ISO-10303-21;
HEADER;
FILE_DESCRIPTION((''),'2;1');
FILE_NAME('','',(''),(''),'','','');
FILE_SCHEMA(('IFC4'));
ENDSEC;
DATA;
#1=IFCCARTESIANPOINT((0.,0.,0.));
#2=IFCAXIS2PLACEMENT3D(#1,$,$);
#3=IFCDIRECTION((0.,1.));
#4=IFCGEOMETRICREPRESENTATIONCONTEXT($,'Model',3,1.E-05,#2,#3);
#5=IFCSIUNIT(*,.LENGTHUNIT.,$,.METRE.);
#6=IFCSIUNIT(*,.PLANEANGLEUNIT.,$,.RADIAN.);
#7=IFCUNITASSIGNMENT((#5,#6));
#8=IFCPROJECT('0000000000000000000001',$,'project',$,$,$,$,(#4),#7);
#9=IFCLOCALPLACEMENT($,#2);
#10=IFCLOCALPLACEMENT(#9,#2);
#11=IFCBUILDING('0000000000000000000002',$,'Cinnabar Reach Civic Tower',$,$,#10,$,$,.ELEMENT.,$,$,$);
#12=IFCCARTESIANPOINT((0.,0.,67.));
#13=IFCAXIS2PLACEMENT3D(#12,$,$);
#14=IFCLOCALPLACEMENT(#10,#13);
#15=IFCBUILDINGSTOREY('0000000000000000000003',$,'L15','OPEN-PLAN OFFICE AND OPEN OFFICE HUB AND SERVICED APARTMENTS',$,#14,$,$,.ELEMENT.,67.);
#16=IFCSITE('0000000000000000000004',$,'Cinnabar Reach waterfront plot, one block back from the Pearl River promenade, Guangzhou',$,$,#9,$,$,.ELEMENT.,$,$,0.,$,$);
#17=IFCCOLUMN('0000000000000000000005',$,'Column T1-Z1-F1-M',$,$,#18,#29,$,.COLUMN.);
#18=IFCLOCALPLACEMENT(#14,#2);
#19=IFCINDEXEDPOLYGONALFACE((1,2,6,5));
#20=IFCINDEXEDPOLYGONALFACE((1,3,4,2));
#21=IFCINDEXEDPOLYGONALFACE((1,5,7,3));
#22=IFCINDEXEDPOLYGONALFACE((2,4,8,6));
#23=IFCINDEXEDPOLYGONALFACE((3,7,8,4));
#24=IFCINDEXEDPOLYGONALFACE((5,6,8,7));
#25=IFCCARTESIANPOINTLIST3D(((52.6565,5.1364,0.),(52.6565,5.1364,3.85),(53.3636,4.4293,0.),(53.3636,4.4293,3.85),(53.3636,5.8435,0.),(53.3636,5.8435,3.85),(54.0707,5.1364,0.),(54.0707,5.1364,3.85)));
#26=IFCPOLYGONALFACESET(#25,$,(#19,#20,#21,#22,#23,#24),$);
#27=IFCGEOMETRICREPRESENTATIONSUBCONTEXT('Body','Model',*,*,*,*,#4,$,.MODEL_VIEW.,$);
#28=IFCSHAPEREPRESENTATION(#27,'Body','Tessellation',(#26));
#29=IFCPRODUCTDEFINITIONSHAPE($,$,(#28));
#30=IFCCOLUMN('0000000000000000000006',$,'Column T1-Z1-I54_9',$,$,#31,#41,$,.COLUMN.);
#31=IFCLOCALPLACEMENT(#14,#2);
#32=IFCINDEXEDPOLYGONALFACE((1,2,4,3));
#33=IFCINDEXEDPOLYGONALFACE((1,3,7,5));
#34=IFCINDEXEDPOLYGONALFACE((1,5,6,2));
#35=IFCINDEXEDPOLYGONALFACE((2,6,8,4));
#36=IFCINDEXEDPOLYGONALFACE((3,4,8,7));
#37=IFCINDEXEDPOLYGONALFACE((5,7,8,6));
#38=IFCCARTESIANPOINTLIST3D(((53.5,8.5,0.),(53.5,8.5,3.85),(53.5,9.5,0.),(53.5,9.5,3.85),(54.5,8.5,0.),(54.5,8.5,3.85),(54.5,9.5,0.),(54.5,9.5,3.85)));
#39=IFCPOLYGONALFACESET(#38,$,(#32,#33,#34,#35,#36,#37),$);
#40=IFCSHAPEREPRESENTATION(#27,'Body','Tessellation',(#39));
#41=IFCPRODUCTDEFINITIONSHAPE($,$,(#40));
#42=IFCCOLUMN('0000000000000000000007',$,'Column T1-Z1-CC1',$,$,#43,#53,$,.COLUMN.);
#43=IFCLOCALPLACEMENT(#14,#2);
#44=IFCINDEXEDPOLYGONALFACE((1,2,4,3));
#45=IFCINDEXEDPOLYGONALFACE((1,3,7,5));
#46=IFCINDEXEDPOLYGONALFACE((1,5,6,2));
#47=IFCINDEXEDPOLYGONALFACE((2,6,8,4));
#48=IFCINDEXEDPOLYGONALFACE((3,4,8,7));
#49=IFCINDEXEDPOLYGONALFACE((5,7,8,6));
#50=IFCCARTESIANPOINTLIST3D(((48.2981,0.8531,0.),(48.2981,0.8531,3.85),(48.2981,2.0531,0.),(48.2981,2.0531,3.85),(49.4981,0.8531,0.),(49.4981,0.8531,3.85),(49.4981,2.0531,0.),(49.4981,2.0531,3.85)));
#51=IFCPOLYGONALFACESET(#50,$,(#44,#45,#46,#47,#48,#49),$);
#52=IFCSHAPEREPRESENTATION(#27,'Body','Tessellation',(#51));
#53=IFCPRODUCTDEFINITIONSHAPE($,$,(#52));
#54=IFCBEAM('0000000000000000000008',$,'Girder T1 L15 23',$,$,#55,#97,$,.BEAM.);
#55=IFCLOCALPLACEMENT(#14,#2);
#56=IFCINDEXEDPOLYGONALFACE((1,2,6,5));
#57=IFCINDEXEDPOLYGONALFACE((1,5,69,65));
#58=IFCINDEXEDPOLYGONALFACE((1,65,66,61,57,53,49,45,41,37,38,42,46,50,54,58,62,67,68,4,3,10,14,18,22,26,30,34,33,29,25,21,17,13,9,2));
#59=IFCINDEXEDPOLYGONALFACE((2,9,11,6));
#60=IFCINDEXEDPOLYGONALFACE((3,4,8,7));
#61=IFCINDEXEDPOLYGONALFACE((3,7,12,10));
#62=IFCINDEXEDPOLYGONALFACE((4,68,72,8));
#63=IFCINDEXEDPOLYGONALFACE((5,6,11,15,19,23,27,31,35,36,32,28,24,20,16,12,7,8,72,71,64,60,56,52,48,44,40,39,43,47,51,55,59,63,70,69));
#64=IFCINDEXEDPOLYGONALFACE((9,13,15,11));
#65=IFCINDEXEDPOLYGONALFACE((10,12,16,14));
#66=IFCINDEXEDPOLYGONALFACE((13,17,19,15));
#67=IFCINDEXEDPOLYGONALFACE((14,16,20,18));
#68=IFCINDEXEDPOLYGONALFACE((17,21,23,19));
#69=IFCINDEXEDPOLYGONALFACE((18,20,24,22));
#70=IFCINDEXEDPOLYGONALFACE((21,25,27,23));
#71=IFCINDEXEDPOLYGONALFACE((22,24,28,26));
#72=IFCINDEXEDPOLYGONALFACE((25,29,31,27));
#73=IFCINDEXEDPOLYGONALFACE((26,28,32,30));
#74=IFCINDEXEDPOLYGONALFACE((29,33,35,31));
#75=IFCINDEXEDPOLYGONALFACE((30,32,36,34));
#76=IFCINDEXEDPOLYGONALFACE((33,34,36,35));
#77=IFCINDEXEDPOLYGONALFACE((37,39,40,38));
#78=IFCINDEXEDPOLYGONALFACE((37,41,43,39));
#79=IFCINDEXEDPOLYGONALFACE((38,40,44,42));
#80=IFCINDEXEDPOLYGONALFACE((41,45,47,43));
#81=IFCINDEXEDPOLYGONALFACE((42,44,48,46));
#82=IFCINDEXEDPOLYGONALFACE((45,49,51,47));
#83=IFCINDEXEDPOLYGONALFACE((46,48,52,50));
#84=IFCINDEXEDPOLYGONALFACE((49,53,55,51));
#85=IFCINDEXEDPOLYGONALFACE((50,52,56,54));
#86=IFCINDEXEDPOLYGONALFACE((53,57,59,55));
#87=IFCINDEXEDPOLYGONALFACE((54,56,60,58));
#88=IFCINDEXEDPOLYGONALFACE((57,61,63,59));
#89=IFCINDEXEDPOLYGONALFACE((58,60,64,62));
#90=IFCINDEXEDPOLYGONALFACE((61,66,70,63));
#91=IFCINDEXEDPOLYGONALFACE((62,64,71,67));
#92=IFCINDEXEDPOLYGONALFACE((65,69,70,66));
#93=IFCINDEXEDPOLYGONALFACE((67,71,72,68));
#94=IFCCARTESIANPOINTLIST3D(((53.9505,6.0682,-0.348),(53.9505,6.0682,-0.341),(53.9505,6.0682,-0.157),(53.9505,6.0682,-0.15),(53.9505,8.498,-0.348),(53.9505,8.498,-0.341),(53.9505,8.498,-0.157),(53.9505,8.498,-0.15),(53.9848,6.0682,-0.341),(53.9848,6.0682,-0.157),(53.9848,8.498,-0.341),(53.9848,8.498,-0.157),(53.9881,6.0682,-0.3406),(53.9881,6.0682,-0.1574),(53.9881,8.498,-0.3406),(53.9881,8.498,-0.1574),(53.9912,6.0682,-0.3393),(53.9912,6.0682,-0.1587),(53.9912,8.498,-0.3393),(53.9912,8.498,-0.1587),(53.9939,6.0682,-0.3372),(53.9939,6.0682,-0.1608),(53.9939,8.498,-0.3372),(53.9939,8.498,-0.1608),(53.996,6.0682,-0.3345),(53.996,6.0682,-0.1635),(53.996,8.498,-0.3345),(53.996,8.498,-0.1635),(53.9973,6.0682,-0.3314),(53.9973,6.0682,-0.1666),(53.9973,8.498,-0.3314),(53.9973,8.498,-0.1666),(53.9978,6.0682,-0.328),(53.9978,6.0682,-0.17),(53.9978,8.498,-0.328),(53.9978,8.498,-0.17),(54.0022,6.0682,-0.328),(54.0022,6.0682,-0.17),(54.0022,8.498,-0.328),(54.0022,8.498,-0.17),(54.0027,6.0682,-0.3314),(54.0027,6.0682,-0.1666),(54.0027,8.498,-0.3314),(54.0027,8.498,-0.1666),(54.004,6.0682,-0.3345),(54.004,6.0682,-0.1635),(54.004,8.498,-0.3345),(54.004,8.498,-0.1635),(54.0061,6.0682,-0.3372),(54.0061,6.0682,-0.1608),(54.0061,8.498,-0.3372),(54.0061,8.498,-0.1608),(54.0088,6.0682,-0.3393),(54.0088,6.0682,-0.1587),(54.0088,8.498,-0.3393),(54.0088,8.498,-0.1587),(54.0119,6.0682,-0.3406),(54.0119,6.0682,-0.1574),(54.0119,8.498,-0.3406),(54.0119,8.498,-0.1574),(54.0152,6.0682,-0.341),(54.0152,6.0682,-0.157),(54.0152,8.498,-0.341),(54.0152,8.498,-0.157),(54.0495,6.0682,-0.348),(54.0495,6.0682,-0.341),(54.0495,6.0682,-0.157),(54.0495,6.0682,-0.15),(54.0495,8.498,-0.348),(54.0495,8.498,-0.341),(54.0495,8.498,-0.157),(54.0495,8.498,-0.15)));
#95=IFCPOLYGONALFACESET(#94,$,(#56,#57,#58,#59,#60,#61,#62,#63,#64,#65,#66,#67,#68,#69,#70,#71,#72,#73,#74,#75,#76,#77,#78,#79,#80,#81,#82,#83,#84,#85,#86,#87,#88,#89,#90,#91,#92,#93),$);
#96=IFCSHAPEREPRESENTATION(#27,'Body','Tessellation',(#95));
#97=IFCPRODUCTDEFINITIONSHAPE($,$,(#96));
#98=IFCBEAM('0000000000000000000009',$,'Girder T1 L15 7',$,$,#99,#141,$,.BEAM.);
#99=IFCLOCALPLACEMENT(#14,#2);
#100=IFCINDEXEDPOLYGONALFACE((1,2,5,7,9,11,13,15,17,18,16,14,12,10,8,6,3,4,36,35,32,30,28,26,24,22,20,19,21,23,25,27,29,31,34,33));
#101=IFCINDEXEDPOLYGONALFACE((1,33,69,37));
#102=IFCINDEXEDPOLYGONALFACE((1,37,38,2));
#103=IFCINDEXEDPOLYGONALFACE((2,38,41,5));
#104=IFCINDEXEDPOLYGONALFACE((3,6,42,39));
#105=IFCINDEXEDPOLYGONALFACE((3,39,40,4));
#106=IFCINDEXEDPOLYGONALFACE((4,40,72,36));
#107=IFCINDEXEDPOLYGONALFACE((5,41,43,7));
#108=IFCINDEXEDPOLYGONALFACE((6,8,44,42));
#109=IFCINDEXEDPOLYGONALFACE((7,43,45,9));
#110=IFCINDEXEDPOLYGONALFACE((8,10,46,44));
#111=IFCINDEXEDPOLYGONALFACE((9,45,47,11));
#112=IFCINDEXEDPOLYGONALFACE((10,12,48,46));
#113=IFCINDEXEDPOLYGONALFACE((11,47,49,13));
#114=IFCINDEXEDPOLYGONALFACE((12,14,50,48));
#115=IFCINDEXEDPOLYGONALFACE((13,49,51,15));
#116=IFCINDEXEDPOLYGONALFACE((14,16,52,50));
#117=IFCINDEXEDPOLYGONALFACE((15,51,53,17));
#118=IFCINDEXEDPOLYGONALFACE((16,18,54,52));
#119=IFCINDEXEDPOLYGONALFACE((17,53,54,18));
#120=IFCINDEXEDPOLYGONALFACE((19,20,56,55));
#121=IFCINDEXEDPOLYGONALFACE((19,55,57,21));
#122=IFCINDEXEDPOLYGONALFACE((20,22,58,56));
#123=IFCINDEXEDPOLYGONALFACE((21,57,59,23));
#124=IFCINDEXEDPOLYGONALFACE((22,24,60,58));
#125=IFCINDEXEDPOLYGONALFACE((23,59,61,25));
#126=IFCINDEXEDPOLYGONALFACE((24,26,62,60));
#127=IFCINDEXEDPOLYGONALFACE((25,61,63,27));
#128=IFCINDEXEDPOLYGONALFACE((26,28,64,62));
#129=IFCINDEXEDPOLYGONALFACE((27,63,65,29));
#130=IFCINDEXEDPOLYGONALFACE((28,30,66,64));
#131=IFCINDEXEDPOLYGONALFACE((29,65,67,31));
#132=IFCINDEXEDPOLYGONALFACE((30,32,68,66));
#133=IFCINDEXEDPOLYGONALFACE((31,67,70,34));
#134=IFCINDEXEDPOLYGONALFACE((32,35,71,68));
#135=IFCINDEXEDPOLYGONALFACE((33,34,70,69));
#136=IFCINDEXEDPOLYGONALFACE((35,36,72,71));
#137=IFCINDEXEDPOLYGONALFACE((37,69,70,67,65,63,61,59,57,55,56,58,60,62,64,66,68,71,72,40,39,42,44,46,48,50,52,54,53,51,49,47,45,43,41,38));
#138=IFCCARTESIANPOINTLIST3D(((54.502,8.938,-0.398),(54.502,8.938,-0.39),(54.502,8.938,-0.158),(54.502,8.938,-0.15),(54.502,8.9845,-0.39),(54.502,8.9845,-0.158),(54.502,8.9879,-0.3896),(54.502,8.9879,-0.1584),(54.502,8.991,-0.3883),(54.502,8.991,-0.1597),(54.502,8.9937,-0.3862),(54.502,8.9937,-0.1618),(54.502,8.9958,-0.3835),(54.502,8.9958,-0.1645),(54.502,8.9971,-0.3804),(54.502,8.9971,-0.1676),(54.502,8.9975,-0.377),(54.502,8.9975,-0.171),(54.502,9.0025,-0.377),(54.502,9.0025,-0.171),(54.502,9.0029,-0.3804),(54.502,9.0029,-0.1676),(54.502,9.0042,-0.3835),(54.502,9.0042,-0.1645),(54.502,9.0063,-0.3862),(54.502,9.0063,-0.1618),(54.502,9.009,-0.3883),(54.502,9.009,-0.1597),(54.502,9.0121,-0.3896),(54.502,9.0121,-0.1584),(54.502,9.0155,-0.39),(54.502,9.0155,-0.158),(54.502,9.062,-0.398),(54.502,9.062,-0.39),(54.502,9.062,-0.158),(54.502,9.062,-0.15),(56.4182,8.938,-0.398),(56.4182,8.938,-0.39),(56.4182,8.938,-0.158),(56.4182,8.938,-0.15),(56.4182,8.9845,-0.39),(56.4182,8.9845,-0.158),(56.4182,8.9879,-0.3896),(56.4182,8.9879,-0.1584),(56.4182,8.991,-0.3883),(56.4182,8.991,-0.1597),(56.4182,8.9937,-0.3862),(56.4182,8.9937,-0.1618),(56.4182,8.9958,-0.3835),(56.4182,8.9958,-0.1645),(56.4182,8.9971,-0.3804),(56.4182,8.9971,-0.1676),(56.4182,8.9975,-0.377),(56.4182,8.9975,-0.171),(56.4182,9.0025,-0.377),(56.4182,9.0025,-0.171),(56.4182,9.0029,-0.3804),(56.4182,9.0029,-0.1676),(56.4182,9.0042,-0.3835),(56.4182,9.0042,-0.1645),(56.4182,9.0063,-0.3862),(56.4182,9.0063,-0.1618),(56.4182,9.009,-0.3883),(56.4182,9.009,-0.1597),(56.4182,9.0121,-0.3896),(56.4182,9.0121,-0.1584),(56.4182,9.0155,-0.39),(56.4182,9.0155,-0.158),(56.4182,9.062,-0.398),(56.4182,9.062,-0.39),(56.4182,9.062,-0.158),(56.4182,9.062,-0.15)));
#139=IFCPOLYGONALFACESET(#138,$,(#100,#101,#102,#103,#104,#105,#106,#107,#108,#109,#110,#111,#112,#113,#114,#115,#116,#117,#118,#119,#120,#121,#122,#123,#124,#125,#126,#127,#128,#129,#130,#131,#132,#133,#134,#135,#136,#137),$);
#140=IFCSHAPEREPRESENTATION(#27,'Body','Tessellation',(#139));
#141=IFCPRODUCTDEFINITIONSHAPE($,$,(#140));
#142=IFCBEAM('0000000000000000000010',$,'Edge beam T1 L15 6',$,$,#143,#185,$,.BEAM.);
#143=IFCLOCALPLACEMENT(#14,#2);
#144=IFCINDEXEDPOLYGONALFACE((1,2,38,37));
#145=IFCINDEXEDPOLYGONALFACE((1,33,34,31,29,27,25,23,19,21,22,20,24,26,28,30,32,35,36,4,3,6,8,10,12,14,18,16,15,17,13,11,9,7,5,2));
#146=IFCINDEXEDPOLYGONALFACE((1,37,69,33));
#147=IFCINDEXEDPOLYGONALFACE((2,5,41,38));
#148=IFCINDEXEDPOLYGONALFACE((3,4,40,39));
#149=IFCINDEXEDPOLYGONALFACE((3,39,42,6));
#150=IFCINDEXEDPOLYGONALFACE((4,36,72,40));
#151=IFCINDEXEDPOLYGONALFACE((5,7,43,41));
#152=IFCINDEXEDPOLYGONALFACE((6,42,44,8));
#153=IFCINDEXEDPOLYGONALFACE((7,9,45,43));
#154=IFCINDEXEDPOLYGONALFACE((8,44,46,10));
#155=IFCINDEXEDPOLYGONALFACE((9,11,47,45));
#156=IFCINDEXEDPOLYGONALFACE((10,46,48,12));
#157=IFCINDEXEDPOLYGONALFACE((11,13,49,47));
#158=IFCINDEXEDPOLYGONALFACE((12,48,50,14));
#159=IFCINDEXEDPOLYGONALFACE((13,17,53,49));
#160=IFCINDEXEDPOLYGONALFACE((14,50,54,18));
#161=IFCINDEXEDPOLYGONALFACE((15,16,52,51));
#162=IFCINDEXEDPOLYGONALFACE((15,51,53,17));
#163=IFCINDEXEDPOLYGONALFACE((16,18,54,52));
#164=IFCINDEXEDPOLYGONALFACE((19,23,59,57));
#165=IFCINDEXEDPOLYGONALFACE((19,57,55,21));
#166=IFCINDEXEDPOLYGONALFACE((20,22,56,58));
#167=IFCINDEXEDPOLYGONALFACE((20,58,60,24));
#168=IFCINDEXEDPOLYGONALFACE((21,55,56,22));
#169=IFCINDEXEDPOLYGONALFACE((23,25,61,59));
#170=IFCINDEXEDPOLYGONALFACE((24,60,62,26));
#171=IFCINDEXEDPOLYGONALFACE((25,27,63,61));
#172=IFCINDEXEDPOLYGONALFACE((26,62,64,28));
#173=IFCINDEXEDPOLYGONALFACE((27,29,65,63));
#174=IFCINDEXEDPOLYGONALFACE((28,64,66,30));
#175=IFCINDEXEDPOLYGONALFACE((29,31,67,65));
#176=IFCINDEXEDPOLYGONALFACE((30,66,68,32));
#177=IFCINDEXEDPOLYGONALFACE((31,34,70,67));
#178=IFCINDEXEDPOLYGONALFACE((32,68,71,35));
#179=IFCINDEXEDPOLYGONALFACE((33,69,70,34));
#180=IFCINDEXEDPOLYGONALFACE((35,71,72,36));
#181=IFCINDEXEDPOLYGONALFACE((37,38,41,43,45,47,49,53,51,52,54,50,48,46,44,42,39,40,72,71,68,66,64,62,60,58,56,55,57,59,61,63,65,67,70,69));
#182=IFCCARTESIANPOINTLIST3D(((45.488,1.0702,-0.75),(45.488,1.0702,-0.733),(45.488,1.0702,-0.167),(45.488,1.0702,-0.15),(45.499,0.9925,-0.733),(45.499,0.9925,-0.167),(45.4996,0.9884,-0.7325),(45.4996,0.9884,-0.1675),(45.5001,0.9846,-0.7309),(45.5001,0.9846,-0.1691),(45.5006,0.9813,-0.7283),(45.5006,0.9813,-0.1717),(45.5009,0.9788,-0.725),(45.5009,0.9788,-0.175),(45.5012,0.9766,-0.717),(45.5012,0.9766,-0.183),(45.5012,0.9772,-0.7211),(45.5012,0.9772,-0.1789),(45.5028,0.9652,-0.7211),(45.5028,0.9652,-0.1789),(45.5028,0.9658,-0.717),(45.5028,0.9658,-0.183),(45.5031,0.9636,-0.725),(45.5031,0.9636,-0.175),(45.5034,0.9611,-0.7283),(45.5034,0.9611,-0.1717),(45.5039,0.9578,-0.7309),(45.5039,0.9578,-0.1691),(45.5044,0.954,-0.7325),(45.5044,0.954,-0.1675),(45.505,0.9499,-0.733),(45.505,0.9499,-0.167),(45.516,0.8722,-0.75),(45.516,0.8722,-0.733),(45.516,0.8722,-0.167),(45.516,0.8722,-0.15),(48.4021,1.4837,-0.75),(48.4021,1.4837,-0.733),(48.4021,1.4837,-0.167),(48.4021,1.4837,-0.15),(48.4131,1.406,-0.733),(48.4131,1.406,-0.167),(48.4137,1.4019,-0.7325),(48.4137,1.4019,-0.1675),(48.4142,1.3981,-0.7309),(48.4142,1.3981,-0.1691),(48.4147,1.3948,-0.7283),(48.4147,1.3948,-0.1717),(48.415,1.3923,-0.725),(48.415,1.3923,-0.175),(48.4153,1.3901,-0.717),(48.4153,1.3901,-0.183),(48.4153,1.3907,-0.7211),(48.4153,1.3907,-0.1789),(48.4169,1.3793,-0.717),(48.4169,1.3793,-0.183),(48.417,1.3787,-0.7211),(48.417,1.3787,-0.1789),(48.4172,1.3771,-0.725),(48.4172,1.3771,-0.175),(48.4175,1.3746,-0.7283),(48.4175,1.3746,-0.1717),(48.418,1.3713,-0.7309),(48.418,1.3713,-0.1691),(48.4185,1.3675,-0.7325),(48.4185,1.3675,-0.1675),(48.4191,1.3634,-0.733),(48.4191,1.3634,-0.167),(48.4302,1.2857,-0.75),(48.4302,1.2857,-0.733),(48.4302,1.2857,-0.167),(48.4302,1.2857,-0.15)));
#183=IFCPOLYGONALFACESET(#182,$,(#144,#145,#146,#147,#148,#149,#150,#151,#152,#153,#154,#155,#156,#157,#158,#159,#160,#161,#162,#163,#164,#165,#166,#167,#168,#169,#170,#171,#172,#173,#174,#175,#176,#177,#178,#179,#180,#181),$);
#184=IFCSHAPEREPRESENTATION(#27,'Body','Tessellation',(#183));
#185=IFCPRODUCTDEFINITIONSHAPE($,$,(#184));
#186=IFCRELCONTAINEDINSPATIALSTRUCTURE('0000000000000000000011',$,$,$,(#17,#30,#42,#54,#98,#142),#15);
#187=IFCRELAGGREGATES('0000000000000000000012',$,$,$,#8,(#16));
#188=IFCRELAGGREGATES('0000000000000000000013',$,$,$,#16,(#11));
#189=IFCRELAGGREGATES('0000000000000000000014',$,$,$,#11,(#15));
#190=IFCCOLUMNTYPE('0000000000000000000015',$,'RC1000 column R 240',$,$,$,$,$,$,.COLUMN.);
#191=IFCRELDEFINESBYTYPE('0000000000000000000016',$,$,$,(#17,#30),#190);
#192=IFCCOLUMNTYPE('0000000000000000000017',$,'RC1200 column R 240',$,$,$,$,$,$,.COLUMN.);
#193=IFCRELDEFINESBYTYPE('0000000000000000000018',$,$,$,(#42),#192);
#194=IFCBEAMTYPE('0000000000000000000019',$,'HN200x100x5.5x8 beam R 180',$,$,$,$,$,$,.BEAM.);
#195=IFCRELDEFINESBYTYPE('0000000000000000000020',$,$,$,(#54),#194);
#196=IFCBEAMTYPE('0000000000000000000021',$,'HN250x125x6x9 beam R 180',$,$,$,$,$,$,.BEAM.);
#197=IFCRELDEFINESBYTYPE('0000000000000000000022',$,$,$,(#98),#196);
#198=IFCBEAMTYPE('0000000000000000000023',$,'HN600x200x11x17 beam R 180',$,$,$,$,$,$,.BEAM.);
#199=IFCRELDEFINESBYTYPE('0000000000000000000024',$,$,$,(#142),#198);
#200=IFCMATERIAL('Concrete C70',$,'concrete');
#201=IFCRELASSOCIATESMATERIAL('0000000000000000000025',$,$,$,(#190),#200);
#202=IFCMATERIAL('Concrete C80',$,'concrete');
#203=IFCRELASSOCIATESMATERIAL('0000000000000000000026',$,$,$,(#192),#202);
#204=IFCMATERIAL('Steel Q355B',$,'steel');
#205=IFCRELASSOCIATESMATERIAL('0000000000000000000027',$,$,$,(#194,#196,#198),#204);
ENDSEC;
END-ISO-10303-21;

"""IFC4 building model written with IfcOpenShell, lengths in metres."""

from ifc_helpers import new_model, si_unit, direction, frame, origin, origin_2d, place, context, subcontext, project, spatial, rectangle, i_section, extrude, material, material_profile, profile_set, type_object, element, save


model = new_model("IFC4")

# Units and contexts
model_context = context("Model", 3, precision=1e-05, world=origin(), true_north=direction((0.0, 1.0)))
body_context = subcontext(model_context, "Body", "Model", "MODEL_VIEW")
ifc_project = project(units=[si_unit("LENGTHUNIT", "METRE"), si_unit("PLANEANGLEUNIT", "RADIAN")], contexts=[model_context])

# Site, building, storey
site_placement = place(None, origin())
site = spatial("IfcSite", under=ifc_project, at=site_placement, Name="Cinnabar Reach waterfront plot, one block back from the Pearl River promenade, Guangzhou", CompositionType="ELEMENT", RefElevation=0.0)
building_placement = place(site_placement, origin())
building = spatial("IfcBuilding", under=site, at=building_placement, Name="Cinnabar Reach Civic Tower", CompositionType="ELEMENT")
storey_placement = place(building_placement, frame((0.0, 0.0, 67.0)))
storey = spatial("IfcBuildingStorey", under=building, at=storey_placement, Name="L15", Description="OPEN-PLAN OFFICE AND OPEN OFFICE HUB AND SERVICED APARTMENTS", CompositionType="ELEMENT", Elevation=67.0)

# Columns
ifc_material_1 = material(Name="Concrete C70", Category="concrete")
ifc_material_profile_1 = material_profile(ifc_material_1, rectangle(XDim=1.0, YDim=1.0, at=origin_2d()), Name="RC1000")
ifc_profile_set_1 = profile_set([ifc_material_profile_1], Name="Concrete C70")
column_type_1 = type_object("IfcColumnType", Name="RC1000 column R 240", PredefinedType="COLUMN", material=ifc_profile_set_1)
for number, where, z_axis, x_axis, name in (
    (1, (53.3636, 5.1364, 0.0), (0.0, 0.0, 1.0), (0.707107, 0.707107, 0.0), "Column T1-Z1-F1-M"),
    (2, (54.0, 9.0, 0.0), (0.0, 0.0, 1.0), (1.0, 0.0, 0.0), "Column T1-Z1-I54_9"),
):
    element("IfcColumn", number, at=place(storey_placement, frame(where, z_axis=z_axis, x_axis=x_axis)), inside=storey, type_object=column_type_1, Name=name, PredefinedType="COLUMN", context=body_context, shape_type="SweptSolid", body=[
        extrude(rectangle(XDim=1.0, YDim=1.0, at=origin_2d()), origin(), (0.0, 0.0, 1.0), 3.85),
    ])
ifc_material_2 = material(Name="Concrete C80", Category="concrete")
ifc_material_profile_2 = material_profile(ifc_material_2, rectangle(XDim=1.2, YDim=1.2, at=origin_2d()), Name="RC1200")
ifc_profile_set_2 = profile_set([ifc_material_profile_2], Name="Concrete C80")
column_type_2 = type_object("IfcColumnType", Name="RC1200 column R 240", PredefinedType="COLUMN", material=ifc_profile_set_2)
column_placement = place(storey_placement, frame((48.8981, 1.4531, 0.0), z_axis=(0.0, 0.0, 1.0), x_axis=(1.0, 0.0, 0.0)))
element("IfcColumn", 3, at=column_placement, inside=storey, type_object=column_type_2, Name="Column T1-Z1-CC1", PredefinedType="COLUMN", context=body_context, shape_type="SweptSolid", body=[
    extrude(rectangle(XDim=1.2, YDim=1.2, at=origin_2d()), origin(), (0.0, 0.0, 1.0), 3.85),
])

# Beams
ifc_material_3 = material(Name="Steel Q355B", Category="steel")
ifc_material_profile_3 = material_profile(ifc_material_3, i_section(OverallWidth=0.099, OverallDepth=0.198, WebThickness=0.0045, FlangeThickness=0.007, FilletRadius=0.013, at=origin_2d()), Name="HN200x100x5.5x8")
ifc_profile_set_3 = profile_set([ifc_material_profile_3], Name="Steel Q355B")
beam_type_1 = type_object("IfcBeamType", Name="HN200x100x5.5x8 beam R 180", PredefinedType="BEAM", material=ifc_profile_set_3)
beam_1_placement = place(storey_placement, frame((54.0, 6.0682, -0.249), z_axis=(0.0, 1.0, 0.0), x_axis=(-1.0, 0.0, 0.0)))
element("IfcBeam", 4, at=beam_1_placement, inside=storey, type_object=beam_type_1, Name="Girder T1 L15 23", PredefinedType="BEAM", context=body_context, shape_type="SweptSolid", body=[
    extrude(i_section(OverallWidth=0.099, OverallDepth=0.198, WebThickness=0.0045, FlangeThickness=0.007, FilletRadius=0.013, at=origin_2d()), origin(), (0.0, 0.0, 1.0), 2.4298),
])
ifc_material_profile_4 = material_profile(ifc_material_3, i_section(OverallWidth=0.124, OverallDepth=0.248, WebThickness=0.005, FlangeThickness=0.008, FilletRadius=0.013, at=origin_2d()), Name="HN250x125x6x9")
ifc_profile_set_4 = profile_set([ifc_material_profile_4], Name="Steel Q355B")
beam_type_2 = type_object("IfcBeamType", Name="HN250x125x6x9 beam R 180", PredefinedType="BEAM", material=ifc_profile_set_4)
beam_2_placement = place(storey_placement, frame((54.502, 9.0, -0.274), z_axis=(1.0, 0.0, 0.0), x_axis=(0.0, 1.0, 0.0)))
element("IfcBeam", 5, at=beam_2_placement, inside=storey, type_object=beam_type_2, Name="Girder T1 L15 7", PredefinedType="BEAM", context=body_context, shape_type="SweptSolid", body=[
    extrude(i_section(OverallWidth=0.124, OverallDepth=0.248, WebThickness=0.005, FlangeThickness=0.008, FilletRadius=0.013, at=origin_2d()), origin(), (0.0, 0.0, 1.0), 1.9162),
])
ifc_material_profile_5 = material_profile(ifc_material_3, i_section(OverallWidth=0.2, OverallDepth=0.6, WebThickness=0.011, FlangeThickness=0.017, FilletRadius=0.016, at=origin_2d()), Name="HN600x200x11x17")
ifc_profile_set_5 = profile_set([ifc_material_profile_5], Name="Steel Q355B")
beam_type_3 = type_object("IfcBeamType", Name="HN600x200x11x17 beam R 180", PredefinedType="BEAM", material=ifc_profile_set_5)
beam_3_placement = place(storey_placement, frame((45.502, 0.9712, -0.45), z_axis=(0.990082, 0.140489, 0.0), x_axis=(-0.140489, 0.990082, 0.0)))
element("IfcBeam", 6, at=beam_3_placement, inside=storey, type_object=beam_type_3, Name="Edge beam T1 L15 6", PredefinedType="BEAM", context=body_context, shape_type="SweptSolid", body=[
    extrude(i_section(OverallWidth=0.2, OverallDepth=0.6, WebThickness=0.011, FlangeThickness=0.017, FilletRadius=0.016, at=origin_2d()), origin(), (0.0, 0.0, 1.0), 2.9433),
])

save(model, "model.ifc")
